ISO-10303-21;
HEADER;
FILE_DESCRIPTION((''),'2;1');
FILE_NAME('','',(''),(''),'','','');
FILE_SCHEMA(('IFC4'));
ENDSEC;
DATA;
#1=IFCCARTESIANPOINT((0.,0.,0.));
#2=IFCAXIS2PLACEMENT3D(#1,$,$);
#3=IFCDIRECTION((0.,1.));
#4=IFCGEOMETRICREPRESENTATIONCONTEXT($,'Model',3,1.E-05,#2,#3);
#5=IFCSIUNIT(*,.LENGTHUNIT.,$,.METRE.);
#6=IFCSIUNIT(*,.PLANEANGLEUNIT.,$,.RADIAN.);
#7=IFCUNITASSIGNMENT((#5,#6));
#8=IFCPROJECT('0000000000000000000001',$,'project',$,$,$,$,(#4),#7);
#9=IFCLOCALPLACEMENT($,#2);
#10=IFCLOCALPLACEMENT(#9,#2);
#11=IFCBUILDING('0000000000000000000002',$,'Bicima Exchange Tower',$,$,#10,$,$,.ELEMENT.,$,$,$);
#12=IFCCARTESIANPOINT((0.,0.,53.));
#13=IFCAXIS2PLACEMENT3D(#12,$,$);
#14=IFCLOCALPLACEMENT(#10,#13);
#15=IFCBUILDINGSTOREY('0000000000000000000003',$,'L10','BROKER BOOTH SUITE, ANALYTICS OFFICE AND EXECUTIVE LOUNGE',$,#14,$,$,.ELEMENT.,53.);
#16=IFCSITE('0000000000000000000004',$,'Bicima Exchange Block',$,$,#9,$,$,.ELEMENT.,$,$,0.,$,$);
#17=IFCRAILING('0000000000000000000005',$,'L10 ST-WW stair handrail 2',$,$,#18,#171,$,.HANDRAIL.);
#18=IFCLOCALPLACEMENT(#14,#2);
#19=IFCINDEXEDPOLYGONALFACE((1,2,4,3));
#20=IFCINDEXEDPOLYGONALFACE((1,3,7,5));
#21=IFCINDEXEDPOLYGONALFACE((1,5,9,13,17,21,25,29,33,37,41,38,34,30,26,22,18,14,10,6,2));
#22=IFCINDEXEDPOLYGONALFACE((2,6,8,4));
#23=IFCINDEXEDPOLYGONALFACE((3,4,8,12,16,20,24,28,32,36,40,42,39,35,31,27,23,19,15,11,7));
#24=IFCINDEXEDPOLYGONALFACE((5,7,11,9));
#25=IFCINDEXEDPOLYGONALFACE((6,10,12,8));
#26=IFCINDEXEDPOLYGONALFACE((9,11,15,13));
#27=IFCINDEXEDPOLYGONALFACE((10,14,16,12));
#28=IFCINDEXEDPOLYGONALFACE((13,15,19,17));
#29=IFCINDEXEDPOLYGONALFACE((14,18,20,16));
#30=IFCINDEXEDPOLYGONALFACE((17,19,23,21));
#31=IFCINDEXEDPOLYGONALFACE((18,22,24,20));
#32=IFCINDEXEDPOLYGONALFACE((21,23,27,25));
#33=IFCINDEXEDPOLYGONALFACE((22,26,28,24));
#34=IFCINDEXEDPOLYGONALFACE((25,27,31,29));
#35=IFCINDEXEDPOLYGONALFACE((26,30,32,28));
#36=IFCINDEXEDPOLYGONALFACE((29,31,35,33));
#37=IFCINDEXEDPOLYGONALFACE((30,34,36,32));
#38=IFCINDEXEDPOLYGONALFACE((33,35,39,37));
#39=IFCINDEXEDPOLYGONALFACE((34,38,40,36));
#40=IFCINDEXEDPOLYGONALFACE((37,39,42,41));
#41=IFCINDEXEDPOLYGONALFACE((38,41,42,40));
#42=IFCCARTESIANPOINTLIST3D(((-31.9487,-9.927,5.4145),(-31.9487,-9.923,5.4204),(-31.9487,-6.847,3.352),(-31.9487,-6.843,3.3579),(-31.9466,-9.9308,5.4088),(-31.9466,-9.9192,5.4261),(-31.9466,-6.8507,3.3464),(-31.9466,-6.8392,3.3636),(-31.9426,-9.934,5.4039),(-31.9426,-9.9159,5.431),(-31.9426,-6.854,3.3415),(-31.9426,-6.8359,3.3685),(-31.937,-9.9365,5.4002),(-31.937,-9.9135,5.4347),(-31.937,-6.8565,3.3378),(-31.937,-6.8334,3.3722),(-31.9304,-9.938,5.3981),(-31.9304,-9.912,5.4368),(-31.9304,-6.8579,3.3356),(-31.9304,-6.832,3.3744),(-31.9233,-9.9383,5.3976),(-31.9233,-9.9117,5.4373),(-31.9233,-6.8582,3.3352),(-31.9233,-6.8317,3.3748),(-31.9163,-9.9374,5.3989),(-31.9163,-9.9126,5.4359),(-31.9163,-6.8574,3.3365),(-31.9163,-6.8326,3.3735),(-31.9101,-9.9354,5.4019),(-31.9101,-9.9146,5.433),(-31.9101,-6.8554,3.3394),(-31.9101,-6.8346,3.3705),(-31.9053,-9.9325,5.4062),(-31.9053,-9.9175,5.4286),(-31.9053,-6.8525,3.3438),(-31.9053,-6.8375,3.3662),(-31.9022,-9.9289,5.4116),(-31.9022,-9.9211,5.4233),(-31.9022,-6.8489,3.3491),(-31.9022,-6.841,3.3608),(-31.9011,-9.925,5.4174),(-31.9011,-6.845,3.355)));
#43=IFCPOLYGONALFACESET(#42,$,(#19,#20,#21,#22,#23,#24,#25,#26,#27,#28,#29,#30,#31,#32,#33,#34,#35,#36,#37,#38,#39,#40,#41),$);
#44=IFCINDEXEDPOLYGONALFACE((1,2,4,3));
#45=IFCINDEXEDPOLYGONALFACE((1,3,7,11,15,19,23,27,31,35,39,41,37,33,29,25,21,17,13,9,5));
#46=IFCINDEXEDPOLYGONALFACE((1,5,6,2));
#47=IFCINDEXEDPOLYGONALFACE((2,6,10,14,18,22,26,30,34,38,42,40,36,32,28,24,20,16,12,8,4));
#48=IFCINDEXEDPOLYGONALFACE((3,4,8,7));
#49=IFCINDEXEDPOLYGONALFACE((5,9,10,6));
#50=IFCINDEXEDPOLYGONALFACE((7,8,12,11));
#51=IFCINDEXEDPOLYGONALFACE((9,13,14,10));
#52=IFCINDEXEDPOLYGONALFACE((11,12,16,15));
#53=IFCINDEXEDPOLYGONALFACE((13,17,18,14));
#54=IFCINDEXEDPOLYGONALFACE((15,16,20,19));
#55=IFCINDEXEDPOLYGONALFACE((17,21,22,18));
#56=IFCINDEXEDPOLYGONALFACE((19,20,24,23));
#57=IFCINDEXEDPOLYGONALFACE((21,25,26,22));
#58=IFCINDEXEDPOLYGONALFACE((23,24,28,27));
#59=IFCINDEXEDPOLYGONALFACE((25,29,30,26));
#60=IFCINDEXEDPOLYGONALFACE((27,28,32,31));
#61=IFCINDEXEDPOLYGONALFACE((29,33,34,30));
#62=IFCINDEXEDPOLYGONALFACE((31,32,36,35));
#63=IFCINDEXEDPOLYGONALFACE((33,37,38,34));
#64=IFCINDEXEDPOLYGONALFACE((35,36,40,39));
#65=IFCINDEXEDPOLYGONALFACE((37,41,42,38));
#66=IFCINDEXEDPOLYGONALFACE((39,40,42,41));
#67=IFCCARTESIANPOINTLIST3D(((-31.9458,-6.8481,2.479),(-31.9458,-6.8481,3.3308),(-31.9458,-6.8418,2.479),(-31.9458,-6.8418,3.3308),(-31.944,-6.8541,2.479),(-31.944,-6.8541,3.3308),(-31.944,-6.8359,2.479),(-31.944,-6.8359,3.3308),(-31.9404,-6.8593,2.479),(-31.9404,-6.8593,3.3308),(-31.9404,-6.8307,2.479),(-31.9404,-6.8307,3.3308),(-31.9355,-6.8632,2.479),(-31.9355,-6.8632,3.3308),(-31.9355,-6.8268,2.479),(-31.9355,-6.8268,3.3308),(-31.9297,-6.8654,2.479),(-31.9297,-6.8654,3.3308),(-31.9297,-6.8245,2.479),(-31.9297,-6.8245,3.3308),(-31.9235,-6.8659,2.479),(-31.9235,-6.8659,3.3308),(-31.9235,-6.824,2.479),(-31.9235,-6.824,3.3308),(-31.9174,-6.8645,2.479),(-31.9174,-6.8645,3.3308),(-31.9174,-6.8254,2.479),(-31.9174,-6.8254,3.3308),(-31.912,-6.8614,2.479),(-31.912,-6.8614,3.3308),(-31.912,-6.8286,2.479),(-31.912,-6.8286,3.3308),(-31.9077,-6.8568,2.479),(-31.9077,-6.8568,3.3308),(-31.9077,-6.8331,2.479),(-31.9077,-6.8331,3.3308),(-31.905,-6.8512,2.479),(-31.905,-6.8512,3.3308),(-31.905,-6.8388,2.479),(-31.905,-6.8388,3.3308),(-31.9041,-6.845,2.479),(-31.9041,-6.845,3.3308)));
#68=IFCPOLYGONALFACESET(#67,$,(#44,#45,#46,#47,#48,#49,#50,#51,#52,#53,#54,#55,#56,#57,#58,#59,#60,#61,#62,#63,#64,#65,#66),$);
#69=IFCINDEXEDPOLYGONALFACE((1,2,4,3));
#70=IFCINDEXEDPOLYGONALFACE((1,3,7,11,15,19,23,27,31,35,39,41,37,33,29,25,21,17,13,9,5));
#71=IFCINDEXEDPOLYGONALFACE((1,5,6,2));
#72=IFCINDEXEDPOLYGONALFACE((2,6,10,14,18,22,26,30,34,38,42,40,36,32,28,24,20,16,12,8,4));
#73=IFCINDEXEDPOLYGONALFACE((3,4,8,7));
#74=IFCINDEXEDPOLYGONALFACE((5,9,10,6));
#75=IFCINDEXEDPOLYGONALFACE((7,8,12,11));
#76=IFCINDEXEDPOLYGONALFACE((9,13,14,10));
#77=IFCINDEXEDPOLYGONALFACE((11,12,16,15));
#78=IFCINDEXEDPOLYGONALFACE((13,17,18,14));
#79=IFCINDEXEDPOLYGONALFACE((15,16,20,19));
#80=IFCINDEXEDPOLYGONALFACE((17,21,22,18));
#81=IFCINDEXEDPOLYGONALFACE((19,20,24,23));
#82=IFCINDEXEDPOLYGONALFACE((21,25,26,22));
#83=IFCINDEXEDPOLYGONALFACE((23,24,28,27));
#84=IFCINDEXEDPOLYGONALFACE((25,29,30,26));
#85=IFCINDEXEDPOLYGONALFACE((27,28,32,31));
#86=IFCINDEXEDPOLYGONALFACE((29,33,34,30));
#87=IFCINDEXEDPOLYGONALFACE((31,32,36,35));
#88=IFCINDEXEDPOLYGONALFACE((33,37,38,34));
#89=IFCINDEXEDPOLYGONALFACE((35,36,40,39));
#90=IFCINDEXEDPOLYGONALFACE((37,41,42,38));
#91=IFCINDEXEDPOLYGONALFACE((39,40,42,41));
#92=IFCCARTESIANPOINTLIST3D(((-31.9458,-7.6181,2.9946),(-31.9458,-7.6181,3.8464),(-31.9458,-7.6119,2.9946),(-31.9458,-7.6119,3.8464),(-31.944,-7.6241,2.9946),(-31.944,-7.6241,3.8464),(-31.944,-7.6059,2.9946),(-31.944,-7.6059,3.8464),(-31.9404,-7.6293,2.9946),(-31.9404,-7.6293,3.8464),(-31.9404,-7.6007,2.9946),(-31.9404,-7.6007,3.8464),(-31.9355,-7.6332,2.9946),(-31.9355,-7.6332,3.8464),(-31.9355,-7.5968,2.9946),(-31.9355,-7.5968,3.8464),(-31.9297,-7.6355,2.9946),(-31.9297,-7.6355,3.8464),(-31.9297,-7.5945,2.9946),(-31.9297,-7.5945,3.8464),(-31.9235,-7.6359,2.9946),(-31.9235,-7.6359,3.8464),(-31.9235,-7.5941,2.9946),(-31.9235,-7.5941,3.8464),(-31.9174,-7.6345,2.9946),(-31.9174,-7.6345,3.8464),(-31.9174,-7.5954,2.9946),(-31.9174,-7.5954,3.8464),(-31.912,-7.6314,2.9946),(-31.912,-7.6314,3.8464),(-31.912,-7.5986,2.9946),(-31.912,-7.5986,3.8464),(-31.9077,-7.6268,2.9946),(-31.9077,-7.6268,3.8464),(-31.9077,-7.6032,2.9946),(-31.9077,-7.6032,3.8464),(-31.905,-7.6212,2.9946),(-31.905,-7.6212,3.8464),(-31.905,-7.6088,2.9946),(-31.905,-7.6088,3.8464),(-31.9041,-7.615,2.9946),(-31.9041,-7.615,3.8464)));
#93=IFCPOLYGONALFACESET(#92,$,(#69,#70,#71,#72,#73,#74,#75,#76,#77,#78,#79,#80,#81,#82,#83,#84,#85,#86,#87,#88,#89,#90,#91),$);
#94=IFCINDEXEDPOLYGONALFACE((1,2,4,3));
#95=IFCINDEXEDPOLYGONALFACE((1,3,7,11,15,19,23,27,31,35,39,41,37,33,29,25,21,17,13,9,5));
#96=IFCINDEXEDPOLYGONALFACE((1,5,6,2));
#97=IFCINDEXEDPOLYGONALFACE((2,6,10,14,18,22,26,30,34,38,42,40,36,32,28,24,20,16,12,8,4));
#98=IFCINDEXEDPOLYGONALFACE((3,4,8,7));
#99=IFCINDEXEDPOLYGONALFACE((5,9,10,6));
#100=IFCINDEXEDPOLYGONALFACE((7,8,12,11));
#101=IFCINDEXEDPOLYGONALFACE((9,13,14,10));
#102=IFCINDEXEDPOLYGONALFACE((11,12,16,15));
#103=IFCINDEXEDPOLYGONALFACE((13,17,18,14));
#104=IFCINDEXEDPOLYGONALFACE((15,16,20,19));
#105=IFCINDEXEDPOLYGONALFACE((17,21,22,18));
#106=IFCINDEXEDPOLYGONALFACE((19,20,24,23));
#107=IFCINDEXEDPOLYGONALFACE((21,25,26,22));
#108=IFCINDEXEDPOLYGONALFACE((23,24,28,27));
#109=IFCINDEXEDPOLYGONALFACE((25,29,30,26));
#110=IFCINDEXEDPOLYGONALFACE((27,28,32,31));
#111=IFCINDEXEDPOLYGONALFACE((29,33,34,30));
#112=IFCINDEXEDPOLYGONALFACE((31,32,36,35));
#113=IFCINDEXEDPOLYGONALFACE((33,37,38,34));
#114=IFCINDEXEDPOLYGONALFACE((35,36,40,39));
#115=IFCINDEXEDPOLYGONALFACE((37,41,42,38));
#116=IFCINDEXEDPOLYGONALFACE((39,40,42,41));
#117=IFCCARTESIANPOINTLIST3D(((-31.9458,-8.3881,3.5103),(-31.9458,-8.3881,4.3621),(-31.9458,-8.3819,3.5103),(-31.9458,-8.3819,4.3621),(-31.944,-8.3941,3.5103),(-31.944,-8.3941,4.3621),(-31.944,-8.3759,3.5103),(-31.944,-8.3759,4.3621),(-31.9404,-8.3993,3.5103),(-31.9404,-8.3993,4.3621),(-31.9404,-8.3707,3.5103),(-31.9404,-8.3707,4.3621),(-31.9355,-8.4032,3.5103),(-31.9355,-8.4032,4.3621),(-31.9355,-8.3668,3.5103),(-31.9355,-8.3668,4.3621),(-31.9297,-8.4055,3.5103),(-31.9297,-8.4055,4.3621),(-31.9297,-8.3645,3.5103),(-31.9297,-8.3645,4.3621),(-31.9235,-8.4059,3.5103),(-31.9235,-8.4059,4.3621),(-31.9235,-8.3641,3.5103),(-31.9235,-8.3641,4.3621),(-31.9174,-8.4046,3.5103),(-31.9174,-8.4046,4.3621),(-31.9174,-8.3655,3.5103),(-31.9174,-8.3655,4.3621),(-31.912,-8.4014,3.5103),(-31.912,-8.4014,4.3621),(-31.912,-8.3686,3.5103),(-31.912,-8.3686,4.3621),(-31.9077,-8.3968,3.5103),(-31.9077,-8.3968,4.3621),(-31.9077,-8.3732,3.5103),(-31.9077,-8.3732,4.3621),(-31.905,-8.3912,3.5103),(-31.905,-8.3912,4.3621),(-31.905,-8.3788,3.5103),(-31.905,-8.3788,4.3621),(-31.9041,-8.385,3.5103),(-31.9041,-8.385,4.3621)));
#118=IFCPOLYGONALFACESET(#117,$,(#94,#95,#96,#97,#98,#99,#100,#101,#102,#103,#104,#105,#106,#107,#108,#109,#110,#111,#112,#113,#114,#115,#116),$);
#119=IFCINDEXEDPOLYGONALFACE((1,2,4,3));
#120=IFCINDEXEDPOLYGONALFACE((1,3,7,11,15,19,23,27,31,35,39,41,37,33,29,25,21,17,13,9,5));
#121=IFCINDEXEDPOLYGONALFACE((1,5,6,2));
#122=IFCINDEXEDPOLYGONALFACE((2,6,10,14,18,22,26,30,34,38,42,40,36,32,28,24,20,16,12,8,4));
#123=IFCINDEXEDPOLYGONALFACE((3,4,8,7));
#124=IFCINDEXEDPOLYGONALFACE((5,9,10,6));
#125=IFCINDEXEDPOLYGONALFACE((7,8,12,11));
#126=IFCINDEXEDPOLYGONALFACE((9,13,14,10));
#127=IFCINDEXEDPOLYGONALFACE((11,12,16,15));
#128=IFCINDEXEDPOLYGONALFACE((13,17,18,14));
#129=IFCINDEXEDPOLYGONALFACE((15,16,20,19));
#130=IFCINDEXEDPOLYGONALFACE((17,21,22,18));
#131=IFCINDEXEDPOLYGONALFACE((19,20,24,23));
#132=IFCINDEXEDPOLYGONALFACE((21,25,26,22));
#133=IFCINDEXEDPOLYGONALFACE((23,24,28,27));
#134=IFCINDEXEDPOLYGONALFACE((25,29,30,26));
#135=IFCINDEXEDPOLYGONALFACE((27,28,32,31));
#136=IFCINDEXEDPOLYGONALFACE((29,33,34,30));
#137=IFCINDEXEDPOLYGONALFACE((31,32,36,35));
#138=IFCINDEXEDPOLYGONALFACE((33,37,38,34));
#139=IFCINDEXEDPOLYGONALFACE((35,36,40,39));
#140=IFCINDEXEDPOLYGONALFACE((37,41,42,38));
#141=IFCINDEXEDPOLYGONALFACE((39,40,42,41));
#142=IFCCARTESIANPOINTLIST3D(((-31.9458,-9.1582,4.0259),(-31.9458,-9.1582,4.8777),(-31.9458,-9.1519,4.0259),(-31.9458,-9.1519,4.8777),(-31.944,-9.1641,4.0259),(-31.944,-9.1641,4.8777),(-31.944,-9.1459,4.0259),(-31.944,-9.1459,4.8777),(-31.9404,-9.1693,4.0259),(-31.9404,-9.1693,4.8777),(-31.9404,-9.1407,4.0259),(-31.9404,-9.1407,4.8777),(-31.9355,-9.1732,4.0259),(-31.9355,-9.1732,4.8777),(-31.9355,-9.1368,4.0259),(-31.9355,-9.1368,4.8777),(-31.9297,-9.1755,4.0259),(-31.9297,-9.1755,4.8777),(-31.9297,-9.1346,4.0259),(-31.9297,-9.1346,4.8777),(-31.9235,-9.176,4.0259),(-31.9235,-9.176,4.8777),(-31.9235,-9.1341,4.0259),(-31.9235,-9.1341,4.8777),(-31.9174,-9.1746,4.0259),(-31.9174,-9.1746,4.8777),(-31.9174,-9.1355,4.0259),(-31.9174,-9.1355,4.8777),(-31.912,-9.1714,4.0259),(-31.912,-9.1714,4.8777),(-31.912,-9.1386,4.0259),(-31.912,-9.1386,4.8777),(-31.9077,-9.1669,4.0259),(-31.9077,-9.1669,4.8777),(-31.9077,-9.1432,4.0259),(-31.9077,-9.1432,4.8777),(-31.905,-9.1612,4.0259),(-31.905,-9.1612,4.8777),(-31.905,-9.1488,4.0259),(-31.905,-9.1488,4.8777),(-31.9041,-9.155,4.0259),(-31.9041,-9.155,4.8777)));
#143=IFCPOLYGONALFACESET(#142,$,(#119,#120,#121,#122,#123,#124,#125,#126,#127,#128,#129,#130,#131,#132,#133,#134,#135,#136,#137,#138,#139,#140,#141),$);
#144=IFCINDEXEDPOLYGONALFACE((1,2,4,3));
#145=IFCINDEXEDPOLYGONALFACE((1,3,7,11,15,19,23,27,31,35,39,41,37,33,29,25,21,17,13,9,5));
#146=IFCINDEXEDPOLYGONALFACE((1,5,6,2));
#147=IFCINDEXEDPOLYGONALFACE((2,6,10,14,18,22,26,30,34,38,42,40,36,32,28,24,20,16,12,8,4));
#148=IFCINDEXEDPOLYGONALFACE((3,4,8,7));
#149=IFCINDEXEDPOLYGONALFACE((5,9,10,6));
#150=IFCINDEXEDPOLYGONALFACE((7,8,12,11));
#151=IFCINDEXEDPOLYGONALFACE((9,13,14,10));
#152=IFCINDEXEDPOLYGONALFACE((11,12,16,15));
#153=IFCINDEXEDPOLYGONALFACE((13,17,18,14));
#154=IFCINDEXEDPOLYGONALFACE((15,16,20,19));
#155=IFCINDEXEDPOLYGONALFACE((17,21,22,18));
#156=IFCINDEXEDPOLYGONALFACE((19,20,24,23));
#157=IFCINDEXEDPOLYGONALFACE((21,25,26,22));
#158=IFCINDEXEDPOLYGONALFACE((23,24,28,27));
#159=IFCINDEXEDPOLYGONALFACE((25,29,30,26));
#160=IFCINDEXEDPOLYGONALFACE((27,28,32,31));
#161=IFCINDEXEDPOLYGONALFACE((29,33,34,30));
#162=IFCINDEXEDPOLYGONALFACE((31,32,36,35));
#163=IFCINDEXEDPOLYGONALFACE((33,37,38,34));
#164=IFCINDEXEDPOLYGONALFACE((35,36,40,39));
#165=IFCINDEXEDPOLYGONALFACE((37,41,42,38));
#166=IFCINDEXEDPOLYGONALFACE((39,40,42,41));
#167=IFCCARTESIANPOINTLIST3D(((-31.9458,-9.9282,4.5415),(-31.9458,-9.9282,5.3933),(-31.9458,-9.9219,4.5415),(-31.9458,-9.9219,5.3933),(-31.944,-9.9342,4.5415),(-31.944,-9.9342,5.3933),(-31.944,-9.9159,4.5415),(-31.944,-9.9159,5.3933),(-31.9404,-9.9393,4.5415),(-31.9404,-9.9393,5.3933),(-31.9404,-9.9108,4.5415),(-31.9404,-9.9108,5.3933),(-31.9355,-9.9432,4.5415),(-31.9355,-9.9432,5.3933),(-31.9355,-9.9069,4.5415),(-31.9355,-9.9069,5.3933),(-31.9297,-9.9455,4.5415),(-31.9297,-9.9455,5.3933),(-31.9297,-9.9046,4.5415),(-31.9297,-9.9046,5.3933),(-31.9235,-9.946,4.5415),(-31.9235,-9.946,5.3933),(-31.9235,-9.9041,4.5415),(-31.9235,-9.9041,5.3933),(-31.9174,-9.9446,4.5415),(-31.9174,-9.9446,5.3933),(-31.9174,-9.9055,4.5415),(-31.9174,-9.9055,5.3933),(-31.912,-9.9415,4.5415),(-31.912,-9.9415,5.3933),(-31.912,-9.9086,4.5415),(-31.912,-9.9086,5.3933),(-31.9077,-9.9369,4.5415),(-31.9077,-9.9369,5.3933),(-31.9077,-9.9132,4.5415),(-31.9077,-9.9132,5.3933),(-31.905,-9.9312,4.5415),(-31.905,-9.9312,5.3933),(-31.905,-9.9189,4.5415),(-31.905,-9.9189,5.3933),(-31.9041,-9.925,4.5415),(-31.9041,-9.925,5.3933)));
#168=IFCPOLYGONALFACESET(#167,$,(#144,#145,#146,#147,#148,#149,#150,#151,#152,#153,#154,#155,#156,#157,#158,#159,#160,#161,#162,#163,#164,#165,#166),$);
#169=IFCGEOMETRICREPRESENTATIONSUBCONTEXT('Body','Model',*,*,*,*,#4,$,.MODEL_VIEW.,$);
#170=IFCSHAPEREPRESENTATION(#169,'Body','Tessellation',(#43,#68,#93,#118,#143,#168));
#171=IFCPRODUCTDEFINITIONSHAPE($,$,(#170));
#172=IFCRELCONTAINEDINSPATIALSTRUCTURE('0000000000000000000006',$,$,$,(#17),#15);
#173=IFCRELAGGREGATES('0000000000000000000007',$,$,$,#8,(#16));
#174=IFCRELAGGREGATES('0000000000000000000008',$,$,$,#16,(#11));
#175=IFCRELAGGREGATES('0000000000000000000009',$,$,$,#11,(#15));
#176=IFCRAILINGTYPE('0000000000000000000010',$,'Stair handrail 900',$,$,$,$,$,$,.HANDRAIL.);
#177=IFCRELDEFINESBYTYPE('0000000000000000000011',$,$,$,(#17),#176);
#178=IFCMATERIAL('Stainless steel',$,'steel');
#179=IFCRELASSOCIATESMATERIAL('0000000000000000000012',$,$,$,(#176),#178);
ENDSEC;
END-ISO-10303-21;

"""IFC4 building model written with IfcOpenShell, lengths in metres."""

from ifc_helpers import new_model, si_unit, direction, frame, origin, origin_2d, place, context, subcontext, project, spatial, circle, extrude, material, type_object, element, save


model = new_model("IFC4")

# Units and contexts
model_context = context("Model", 3, precision=1e-05, world=origin(), true_north=direction((0.0, 1.0)))
body_context = subcontext(model_context, "Body", "Model", "MODEL_VIEW")
ifc_project = project(units=[si_unit("LENGTHUNIT", "METRE"), si_unit("PLANEANGLEUNIT", "RADIAN")], contexts=[model_context])

# Site, building, storey
site_placement = place(None, origin())
site = spatial("IfcSite", under=ifc_project, at=site_placement, Name="Bicima Exchange Block", CompositionType="ELEMENT", RefElevation=0.0)
building_placement = place(site_placement, origin())
building = spatial("IfcBuilding", under=site, at=building_placement, Name="Bicima Exchange Tower", CompositionType="ELEMENT")
storey_placement = place(building_placement, frame((0.0, 0.0, 53.0)))
storey = spatial("IfcBuildingStorey", under=building, at=storey_placement, Name="L10", Description="BROKER BOOTH SUITE, ANALYTICS OFFICE AND EXECUTIVE LOUNGE", CompositionType="ELEMENT", Elevation=53.0)

# Railing
ifc_material_1 = material(Name="Stainless steel", Category="steel")
railing_type = type_object("IfcRailingType", Name="Stair handrail 900", PredefinedType="HANDRAIL", material=ifc_material_1)
railing_placement = place(storey_placement, frame((-31.925, -6.845, 2.479)))
element("IfcRailing", 1, at=railing_placement, inside=storey, type_object=railing_type, Name="L10 ST-WW stair handrail 2", PredefinedType="HANDRAIL", context=body_context, shape_type="SweptSolid", body=[
    extrude(circle(Radius=0.0239, at=origin_2d()), frame((0.0, 0.0, 0.876), z_axis=(0.0, -0.830914, 0.556401), x_axis=(1.0, 0.0, 0.0)), (0.0, 0.0, 1.0), 3.7068),
    extrude(circle(Radius=0.021, at=origin_2d()), origin(), (0.0, 0.0, 1.0), 0.8518),
    extrude(circle(Radius=0.021, at=origin_2d()), frame((0.0, -0.77, 0.5156)), (0.0, 0.0, 1.0), 0.8518),
    extrude(circle(Radius=0.021, at=origin_2d()), frame((0.0, -1.54, 1.0312)), (0.0, 0.0, 1.0), 0.8518),
    extrude(circle(Radius=0.021, at=origin_2d()), frame((0.0, -2.3101, 1.5469)), (0.0, 0.0, 1.0), 0.8518),
    extrude(circle(Radius=0.021, at=origin_2d()), frame((0.0, -3.0801, 2.0625)), (0.0, 0.0, 1.0), 0.8518),
])

save(model, "model.ifc")
